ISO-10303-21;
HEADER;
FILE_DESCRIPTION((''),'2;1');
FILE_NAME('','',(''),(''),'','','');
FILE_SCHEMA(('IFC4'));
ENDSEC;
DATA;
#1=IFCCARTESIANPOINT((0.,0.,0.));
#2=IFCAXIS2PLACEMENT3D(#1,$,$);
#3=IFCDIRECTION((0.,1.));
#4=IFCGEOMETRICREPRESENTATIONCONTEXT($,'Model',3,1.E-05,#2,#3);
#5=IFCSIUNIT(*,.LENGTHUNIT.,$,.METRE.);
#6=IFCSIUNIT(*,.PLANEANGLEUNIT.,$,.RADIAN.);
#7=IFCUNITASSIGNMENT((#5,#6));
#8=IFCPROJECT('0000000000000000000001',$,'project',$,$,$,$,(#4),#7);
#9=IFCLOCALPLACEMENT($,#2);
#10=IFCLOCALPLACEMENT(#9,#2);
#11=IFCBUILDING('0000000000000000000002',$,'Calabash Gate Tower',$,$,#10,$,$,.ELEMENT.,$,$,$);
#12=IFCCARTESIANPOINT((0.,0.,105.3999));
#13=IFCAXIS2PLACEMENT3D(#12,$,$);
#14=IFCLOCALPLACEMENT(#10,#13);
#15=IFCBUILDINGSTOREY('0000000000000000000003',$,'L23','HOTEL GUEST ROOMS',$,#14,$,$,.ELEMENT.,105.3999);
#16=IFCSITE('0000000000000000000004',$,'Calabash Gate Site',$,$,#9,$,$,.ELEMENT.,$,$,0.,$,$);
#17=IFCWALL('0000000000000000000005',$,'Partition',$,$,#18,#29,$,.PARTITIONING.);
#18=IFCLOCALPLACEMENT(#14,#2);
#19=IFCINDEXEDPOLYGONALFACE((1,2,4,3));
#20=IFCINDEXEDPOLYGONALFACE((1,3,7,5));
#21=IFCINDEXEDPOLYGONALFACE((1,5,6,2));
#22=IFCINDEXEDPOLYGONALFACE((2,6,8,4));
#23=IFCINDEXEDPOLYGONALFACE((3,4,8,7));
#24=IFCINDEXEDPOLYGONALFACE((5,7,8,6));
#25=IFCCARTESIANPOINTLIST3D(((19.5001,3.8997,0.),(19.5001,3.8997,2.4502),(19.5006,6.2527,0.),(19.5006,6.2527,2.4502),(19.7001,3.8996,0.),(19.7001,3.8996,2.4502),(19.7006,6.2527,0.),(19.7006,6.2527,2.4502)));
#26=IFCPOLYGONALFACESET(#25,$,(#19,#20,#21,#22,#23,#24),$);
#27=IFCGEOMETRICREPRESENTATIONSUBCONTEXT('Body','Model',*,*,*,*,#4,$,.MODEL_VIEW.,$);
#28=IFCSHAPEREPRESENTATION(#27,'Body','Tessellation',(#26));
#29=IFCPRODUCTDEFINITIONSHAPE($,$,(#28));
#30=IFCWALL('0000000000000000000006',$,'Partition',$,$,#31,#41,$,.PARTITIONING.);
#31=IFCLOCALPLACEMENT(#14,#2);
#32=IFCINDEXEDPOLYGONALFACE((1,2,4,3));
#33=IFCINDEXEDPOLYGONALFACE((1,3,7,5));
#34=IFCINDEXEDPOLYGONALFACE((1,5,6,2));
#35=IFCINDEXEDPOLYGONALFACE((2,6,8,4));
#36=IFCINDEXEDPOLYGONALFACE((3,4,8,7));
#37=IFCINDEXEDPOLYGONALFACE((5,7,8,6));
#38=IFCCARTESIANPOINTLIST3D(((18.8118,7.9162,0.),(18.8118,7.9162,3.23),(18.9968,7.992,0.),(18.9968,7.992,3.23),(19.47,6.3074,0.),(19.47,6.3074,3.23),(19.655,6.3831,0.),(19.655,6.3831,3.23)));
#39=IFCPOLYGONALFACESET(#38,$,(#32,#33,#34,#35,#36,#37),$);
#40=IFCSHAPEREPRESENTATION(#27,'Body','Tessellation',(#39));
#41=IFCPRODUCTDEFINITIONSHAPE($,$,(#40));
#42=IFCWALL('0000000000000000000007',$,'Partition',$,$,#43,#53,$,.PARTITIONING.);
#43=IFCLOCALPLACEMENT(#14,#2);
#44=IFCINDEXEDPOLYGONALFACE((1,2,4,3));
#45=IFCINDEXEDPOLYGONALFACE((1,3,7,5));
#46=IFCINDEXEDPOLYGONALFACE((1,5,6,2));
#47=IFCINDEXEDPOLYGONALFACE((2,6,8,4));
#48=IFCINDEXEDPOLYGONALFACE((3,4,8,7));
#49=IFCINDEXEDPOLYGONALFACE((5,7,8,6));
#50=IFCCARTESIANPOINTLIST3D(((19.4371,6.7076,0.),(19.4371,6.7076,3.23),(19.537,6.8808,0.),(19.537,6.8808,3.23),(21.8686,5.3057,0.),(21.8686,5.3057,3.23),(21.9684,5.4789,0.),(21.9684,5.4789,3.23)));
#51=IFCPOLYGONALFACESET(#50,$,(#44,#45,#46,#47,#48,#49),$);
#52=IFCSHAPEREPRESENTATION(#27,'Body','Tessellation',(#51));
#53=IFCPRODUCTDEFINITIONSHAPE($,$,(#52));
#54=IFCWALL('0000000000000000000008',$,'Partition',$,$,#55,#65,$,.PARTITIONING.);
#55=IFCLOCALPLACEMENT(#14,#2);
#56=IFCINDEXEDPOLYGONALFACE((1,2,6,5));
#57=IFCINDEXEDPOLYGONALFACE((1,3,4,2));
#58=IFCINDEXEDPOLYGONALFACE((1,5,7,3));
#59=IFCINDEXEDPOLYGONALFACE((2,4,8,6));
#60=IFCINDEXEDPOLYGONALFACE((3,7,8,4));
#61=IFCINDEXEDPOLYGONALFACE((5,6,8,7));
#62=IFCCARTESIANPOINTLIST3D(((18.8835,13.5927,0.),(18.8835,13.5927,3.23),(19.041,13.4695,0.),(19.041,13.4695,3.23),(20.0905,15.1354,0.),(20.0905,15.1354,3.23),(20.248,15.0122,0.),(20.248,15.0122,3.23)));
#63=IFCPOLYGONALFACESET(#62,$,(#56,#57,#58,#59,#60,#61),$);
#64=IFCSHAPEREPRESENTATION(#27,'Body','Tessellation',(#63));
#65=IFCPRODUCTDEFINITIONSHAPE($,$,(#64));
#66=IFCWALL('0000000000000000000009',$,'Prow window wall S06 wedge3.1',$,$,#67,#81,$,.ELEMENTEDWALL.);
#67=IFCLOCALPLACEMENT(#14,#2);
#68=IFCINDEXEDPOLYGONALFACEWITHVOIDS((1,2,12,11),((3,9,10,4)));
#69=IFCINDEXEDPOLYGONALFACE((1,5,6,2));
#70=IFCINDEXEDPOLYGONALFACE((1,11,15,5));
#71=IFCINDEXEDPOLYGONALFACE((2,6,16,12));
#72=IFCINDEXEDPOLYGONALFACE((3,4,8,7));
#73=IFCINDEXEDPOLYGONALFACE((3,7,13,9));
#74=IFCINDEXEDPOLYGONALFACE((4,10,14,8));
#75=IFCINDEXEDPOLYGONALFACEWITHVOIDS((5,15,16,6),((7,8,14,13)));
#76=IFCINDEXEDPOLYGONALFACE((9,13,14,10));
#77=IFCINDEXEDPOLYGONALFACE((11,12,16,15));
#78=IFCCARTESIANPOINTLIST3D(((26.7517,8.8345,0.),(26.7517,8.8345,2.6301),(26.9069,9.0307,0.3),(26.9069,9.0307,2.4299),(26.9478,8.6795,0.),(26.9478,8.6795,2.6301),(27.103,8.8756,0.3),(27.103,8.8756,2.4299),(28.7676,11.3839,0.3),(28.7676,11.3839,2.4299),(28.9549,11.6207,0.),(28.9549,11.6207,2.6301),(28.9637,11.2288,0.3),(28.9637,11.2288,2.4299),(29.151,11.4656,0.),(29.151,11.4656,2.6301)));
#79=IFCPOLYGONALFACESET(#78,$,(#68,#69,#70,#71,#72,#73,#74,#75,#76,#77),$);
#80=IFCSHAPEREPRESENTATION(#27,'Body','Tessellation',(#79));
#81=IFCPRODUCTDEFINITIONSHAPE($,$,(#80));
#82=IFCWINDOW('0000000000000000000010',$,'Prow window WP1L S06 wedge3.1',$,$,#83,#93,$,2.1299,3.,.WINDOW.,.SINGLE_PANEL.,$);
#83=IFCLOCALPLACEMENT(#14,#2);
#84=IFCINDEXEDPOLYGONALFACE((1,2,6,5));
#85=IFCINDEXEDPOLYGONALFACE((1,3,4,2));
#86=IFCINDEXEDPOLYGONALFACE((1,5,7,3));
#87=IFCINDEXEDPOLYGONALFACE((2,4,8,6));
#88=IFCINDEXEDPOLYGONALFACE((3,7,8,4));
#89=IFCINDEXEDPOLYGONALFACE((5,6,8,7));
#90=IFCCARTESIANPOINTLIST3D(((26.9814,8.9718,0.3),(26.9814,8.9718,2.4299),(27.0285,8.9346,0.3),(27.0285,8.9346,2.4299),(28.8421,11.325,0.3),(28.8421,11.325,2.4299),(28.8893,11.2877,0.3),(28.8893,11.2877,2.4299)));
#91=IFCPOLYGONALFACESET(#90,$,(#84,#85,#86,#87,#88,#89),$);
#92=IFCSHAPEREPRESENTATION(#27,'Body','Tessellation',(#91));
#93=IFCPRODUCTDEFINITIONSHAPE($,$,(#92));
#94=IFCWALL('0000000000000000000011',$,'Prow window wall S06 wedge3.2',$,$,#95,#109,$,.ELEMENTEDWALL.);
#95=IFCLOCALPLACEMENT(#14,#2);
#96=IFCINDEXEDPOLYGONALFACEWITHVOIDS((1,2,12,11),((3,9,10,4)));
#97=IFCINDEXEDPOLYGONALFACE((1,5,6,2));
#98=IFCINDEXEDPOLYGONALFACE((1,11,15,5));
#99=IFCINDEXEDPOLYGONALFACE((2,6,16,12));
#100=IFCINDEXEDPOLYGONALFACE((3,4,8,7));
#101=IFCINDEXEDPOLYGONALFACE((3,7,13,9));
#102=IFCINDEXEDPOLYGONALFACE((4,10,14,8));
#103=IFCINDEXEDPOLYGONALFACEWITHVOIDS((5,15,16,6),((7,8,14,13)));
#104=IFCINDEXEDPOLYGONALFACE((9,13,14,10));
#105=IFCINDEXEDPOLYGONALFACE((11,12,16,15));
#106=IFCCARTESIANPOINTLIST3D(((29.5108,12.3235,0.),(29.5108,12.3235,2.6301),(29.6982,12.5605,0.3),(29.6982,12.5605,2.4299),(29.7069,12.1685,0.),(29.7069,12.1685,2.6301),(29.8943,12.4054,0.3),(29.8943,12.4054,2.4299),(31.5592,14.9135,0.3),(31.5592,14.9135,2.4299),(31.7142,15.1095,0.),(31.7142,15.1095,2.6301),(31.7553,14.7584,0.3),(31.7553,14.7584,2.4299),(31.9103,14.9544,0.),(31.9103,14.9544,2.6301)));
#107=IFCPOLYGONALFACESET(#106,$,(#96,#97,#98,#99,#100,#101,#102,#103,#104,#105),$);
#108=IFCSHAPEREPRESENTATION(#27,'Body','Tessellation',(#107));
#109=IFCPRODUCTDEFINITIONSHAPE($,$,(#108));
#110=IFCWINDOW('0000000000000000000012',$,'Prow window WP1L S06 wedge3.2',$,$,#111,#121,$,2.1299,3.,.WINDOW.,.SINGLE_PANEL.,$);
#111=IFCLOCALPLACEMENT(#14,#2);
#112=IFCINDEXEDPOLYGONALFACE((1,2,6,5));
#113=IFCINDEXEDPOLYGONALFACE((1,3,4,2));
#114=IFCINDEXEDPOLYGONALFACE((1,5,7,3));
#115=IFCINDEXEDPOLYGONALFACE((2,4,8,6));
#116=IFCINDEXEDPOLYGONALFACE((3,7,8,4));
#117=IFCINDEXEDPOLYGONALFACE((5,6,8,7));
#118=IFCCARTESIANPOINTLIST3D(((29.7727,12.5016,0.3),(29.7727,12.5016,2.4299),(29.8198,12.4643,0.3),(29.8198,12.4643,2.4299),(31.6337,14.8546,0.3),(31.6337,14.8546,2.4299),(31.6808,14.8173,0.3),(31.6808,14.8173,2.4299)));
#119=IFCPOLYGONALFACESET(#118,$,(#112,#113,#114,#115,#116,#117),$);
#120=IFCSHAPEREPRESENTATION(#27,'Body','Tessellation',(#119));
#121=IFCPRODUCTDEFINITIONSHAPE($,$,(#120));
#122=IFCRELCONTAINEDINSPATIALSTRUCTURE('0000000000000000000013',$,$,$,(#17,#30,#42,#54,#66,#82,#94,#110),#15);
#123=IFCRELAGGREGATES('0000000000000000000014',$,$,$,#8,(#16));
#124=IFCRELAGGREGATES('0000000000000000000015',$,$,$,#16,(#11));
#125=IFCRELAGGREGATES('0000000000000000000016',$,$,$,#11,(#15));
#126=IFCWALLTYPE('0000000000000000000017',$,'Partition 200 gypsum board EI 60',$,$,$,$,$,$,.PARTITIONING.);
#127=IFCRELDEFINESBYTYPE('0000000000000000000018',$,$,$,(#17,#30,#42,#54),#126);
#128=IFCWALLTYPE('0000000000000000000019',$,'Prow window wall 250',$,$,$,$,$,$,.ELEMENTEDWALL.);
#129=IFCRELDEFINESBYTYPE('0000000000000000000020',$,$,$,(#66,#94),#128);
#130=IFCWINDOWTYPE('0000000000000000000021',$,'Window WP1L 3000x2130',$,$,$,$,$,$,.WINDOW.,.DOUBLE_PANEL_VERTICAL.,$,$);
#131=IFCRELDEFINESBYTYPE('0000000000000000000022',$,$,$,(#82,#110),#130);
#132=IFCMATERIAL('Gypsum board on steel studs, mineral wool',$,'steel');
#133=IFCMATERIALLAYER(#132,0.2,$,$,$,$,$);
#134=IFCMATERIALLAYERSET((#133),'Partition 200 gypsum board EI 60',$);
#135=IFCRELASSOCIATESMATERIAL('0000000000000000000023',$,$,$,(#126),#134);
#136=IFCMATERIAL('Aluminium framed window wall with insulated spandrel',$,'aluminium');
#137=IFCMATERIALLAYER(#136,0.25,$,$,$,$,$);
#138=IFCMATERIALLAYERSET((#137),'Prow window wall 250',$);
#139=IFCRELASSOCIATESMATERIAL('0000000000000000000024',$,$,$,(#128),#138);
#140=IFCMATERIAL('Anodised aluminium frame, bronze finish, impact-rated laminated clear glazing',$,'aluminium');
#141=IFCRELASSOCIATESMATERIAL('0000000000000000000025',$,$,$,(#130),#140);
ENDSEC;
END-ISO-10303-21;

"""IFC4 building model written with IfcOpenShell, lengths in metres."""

from ifc_helpers import new_model, si_unit, direction, frame, frame_2d, origin, place, context, subcontext, project, spatial, rectangle, extrude, material, layer, layer_set, type_object, element, fill, save


model = new_model("IFC4")

# Units and contexts
model_context = context("Model", 3, precision=1e-05, world=origin(), true_north=direction((0.0, 1.0)))
body_context = subcontext(model_context, "Body", "Model", "MODEL_VIEW")
ifc_project = project(units=[si_unit("LENGTHUNIT", "METRE"), si_unit("PLANEANGLEUNIT", "RADIAN")], contexts=[model_context])

# Site, building, storey
site_placement = place(None, origin())
site = spatial("IfcSite", under=ifc_project, at=site_placement, Name="Calabash Gate Site", CompositionType="ELEMENT", RefElevation=0.0)
building_placement = place(site_placement, origin())
building = spatial("IfcBuilding", under=site, at=building_placement, Name="Calabash Gate Tower", CompositionType="ELEMENT")
storey_placement = place(building_placement, frame((0.0, 0.0, 105.3999)))
storey = spatial("IfcBuildingStorey", under=building, at=storey_placement, Name="L23", Description="HOTEL GUEST ROOMS", CompositionType="ELEMENT", Elevation=105.3999)

# Walls
ifc_material_1 = material(Name="Gypsum board on steel studs, mineral wool", Category="steel")
ifc_layer_1 = layer(ifc_material_1, 0.2)
ifc_layer_set_1 = layer_set([ifc_layer_1], Name="Partition 200 gypsum board EI 60")
wall_type_1 = type_object("IfcWallType", Name="Partition 200 gypsum board EI 60", PredefinedType="PARTITIONING", material=ifc_layer_set_1)
wall_1_placement = place(storey_placement, frame((19.6001, 3.8997, 0.0), z_axis=(0.0, 0.0, 1.0), x_axis=(0.000208, 1.0, 0.0)))
element("IfcWall", 1, at=wall_1_placement, inside=storey, type_object=wall_type_1, Name="Partition", PredefinedType="PARTITIONING", context=body_context, shape_type="SweptSolid", body=[
    extrude(rectangle(XDim=2.353, YDim=0.2, at=frame_2d((1.1765, 0.0))), origin(), (0.0, 0.0, 1.0), 2.4502),
])
wall_2_placement = place(storey_placement, frame((18.9043, 7.9541, 0.0), z_axis=(0.0, 0.0, 1.0), x_axis=(0.378644, -0.925542, 0.0)))
element("IfcWall", 2, at=wall_2_placement, inside=storey, type_object=wall_type_1, Name="Partition", PredefinedType="PARTITIONING", context=body_context, shape_type="SweptSolid", body=[
    extrude(rectangle(XDim=1.7383, YDim=0.2, at=frame_2d((0.8691, 0.0))), origin(), (0.0, 0.0, 1.0), 3.23),
])
wall_3_placement = place(storey_placement, frame((19.4871, 6.7942, 0.0), z_axis=(0.0, 0.0, 1.0), x_axis=(0.86632, -0.499489, 0.0)))
element("IfcWall", 3, at=wall_3_placement, inside=storey, type_object=wall_type_1, Name="Partition", PredefinedType="PARTITIONING", context=body_context, shape_type="SweptSolid", body=[
    extrude(rectangle(XDim=2.8066, YDim=0.2, at=frame_2d((1.4033, 0.0))), origin(), (0.0, 0.0, 1.0), 3.23),
])
wall_4_placement = place(storey_placement, frame((18.9622, 13.531, 0.0), z_axis=(0.0, 0.0, 1.0), x_axis=(0.616207, 0.787584, 0.0)))
element("IfcWall", 4, at=wall_4_placement, inside=storey, type_object=wall_type_1, Name="Partition", PredefinedType="PARTITIONING", context=body_context, shape_type="SweptSolid", body=[
    extrude(rectangle(XDim=1.9587, YDim=0.2, at=frame_2d((0.9795, 0.0))), origin(), (0.0, 0.0, 1.0), 3.23),
])

# Walls, openings, windows
ifc_material_2 = material(Name="Aluminium framed window wall with insulated spandrel", Category="aluminium")
ifc_layer_2 = layer(ifc_material_2, 0.25)
ifc_layer_set_2 = layer_set([ifc_layer_2], Name="Prow window wall 250")
wall_type_2 = type_object("IfcWallType", Name="Prow window wall 250", PredefinedType="ELEMENTEDWALL", material=ifc_layer_set_2)
wall_5_placement = place(storey_placement, frame((26.8499, 8.7571, 0.0), z_axis=(0.0, 0.0, 1.0), x_axis=(0.620259, 0.784397, 0.0)))
wall_5 = element("IfcWall", 5, at=wall_5_placement, inside=storey, type_object=wall_type_2, Name="Prow window wall S06 wedge3.1", PredefinedType="ELEMENTEDWALL", context=body_context, shape_type="SweptSolid", body=[
    extrude(rectangle(XDim=3.552, YDim=0.25, at=frame_2d((1.7759, 0.0))), origin(), (0.0, 0.0, 1.0), 2.6301),
])
opening_1_placement = place(wall_5_placement, frame((0.25, 0.0, 0.3)))
opening_1 = element("IfcOpeningElement", 6, at=opening_1_placement, cuts=wall_5, PredefinedType="OPENING", context=body_context, shape_type="SweptSolid", body=[
    extrude(rectangle(XDim=3.0, YDim=2.1299, at=frame_2d((1.5, 1.0649))), frame((0.0, 0.135, 0.0), z_axis=(0.0, -1.0, 0.0), x_axis=(1.0, 0.0, 0.0)), (0.0, 0.0, 1.0), 0.27),
])
ifc_material_3 = material(Name="Anodised aluminium frame, bronze finish, impact-rated laminated clear glazing", Category="aluminium")
window_type = type_object("IfcWindowType", Name="Window WP1L 3000x2130", PartitioningType="DOUBLE_PANEL_VERTICAL", PredefinedType="WINDOW", material=ifc_material_3)
window_1_placement = place(opening_1_placement, origin())
window_1 = element("IfcWindow", 7, at=window_1_placement, inside=storey, type_object=window_type, Name="Prow window WP1L S06 wedge3.1", OverallHeight=2.1299, OverallWidth=3.0, PartitioningType="SINGLE_PANEL", PredefinedType="WINDOW", context=body_context, shape_type="SweptSolid", body=[
    extrude(rectangle(XDim=3.0, YDim=2.1299, at=frame_2d((1.5, 1.0649))), frame((0.0, 0.03, 0.0), z_axis=(0.0, -1.0, 0.0), x_axis=(1.0, 0.0, 0.0)), (0.0, 0.0, 1.0), 0.0601),
])
fill(opening_1, window_1)
wall_6_placement = place(storey_placement, frame((29.6089, 12.2461, 0.0), z_axis=(0.0, 0.0, 1.0), x_axis=(0.620335, 0.784337, 0.0)))
wall_6 = element("IfcWall", 8, at=wall_6_placement, inside=storey, type_object=wall_type_2, Name="Prow window wall S06 wedge3.2", PredefinedType="ELEMENTEDWALL", context=body_context, shape_type="SweptSolid", body=[
    extrude(rectangle(XDim=3.552, YDim=0.25, at=frame_2d((1.7759, 0.0))), origin(), (0.0, 0.0, 1.0), 2.6301),
])
opening_2_placement = place(wall_6_placement, frame((0.302, 0.0, 0.3)))
opening_2 = element("IfcOpeningElement", 9, at=opening_2_placement, cuts=wall_6, PredefinedType="OPENING", context=body_context, shape_type="SweptSolid", body=[
    extrude(rectangle(XDim=3.0, YDim=2.1299, at=frame_2d((1.5, 1.0649))), frame((0.0, 0.135, 0.0), z_axis=(0.0, -1.0, 0.0), x_axis=(1.0, 0.0, 0.0)), (0.0, 0.0, 1.0), 0.27),
])
window_2_placement = place(opening_2_placement, origin())
window_2 = element("IfcWindow", 10, at=window_2_placement, inside=storey, type_object=window_type, Name="Prow window WP1L S06 wedge3.2", OverallHeight=2.1299, OverallWidth=3.0, PartitioningType="SINGLE_PANEL", PredefinedType="WINDOW", context=body_context, shape_type="SweptSolid", body=[
    extrude(rectangle(XDim=3.0, YDim=2.1299, at=frame_2d((1.5, 1.0649))), frame((0.0, 0.03, 0.0), z_axis=(0.0, -1.0, 0.0), x_axis=(1.0, 0.0, 0.0)), (0.0, 0.0, 1.0), 0.0601),
])
fill(opening_2, window_2)

save(model, "model.ifc")
